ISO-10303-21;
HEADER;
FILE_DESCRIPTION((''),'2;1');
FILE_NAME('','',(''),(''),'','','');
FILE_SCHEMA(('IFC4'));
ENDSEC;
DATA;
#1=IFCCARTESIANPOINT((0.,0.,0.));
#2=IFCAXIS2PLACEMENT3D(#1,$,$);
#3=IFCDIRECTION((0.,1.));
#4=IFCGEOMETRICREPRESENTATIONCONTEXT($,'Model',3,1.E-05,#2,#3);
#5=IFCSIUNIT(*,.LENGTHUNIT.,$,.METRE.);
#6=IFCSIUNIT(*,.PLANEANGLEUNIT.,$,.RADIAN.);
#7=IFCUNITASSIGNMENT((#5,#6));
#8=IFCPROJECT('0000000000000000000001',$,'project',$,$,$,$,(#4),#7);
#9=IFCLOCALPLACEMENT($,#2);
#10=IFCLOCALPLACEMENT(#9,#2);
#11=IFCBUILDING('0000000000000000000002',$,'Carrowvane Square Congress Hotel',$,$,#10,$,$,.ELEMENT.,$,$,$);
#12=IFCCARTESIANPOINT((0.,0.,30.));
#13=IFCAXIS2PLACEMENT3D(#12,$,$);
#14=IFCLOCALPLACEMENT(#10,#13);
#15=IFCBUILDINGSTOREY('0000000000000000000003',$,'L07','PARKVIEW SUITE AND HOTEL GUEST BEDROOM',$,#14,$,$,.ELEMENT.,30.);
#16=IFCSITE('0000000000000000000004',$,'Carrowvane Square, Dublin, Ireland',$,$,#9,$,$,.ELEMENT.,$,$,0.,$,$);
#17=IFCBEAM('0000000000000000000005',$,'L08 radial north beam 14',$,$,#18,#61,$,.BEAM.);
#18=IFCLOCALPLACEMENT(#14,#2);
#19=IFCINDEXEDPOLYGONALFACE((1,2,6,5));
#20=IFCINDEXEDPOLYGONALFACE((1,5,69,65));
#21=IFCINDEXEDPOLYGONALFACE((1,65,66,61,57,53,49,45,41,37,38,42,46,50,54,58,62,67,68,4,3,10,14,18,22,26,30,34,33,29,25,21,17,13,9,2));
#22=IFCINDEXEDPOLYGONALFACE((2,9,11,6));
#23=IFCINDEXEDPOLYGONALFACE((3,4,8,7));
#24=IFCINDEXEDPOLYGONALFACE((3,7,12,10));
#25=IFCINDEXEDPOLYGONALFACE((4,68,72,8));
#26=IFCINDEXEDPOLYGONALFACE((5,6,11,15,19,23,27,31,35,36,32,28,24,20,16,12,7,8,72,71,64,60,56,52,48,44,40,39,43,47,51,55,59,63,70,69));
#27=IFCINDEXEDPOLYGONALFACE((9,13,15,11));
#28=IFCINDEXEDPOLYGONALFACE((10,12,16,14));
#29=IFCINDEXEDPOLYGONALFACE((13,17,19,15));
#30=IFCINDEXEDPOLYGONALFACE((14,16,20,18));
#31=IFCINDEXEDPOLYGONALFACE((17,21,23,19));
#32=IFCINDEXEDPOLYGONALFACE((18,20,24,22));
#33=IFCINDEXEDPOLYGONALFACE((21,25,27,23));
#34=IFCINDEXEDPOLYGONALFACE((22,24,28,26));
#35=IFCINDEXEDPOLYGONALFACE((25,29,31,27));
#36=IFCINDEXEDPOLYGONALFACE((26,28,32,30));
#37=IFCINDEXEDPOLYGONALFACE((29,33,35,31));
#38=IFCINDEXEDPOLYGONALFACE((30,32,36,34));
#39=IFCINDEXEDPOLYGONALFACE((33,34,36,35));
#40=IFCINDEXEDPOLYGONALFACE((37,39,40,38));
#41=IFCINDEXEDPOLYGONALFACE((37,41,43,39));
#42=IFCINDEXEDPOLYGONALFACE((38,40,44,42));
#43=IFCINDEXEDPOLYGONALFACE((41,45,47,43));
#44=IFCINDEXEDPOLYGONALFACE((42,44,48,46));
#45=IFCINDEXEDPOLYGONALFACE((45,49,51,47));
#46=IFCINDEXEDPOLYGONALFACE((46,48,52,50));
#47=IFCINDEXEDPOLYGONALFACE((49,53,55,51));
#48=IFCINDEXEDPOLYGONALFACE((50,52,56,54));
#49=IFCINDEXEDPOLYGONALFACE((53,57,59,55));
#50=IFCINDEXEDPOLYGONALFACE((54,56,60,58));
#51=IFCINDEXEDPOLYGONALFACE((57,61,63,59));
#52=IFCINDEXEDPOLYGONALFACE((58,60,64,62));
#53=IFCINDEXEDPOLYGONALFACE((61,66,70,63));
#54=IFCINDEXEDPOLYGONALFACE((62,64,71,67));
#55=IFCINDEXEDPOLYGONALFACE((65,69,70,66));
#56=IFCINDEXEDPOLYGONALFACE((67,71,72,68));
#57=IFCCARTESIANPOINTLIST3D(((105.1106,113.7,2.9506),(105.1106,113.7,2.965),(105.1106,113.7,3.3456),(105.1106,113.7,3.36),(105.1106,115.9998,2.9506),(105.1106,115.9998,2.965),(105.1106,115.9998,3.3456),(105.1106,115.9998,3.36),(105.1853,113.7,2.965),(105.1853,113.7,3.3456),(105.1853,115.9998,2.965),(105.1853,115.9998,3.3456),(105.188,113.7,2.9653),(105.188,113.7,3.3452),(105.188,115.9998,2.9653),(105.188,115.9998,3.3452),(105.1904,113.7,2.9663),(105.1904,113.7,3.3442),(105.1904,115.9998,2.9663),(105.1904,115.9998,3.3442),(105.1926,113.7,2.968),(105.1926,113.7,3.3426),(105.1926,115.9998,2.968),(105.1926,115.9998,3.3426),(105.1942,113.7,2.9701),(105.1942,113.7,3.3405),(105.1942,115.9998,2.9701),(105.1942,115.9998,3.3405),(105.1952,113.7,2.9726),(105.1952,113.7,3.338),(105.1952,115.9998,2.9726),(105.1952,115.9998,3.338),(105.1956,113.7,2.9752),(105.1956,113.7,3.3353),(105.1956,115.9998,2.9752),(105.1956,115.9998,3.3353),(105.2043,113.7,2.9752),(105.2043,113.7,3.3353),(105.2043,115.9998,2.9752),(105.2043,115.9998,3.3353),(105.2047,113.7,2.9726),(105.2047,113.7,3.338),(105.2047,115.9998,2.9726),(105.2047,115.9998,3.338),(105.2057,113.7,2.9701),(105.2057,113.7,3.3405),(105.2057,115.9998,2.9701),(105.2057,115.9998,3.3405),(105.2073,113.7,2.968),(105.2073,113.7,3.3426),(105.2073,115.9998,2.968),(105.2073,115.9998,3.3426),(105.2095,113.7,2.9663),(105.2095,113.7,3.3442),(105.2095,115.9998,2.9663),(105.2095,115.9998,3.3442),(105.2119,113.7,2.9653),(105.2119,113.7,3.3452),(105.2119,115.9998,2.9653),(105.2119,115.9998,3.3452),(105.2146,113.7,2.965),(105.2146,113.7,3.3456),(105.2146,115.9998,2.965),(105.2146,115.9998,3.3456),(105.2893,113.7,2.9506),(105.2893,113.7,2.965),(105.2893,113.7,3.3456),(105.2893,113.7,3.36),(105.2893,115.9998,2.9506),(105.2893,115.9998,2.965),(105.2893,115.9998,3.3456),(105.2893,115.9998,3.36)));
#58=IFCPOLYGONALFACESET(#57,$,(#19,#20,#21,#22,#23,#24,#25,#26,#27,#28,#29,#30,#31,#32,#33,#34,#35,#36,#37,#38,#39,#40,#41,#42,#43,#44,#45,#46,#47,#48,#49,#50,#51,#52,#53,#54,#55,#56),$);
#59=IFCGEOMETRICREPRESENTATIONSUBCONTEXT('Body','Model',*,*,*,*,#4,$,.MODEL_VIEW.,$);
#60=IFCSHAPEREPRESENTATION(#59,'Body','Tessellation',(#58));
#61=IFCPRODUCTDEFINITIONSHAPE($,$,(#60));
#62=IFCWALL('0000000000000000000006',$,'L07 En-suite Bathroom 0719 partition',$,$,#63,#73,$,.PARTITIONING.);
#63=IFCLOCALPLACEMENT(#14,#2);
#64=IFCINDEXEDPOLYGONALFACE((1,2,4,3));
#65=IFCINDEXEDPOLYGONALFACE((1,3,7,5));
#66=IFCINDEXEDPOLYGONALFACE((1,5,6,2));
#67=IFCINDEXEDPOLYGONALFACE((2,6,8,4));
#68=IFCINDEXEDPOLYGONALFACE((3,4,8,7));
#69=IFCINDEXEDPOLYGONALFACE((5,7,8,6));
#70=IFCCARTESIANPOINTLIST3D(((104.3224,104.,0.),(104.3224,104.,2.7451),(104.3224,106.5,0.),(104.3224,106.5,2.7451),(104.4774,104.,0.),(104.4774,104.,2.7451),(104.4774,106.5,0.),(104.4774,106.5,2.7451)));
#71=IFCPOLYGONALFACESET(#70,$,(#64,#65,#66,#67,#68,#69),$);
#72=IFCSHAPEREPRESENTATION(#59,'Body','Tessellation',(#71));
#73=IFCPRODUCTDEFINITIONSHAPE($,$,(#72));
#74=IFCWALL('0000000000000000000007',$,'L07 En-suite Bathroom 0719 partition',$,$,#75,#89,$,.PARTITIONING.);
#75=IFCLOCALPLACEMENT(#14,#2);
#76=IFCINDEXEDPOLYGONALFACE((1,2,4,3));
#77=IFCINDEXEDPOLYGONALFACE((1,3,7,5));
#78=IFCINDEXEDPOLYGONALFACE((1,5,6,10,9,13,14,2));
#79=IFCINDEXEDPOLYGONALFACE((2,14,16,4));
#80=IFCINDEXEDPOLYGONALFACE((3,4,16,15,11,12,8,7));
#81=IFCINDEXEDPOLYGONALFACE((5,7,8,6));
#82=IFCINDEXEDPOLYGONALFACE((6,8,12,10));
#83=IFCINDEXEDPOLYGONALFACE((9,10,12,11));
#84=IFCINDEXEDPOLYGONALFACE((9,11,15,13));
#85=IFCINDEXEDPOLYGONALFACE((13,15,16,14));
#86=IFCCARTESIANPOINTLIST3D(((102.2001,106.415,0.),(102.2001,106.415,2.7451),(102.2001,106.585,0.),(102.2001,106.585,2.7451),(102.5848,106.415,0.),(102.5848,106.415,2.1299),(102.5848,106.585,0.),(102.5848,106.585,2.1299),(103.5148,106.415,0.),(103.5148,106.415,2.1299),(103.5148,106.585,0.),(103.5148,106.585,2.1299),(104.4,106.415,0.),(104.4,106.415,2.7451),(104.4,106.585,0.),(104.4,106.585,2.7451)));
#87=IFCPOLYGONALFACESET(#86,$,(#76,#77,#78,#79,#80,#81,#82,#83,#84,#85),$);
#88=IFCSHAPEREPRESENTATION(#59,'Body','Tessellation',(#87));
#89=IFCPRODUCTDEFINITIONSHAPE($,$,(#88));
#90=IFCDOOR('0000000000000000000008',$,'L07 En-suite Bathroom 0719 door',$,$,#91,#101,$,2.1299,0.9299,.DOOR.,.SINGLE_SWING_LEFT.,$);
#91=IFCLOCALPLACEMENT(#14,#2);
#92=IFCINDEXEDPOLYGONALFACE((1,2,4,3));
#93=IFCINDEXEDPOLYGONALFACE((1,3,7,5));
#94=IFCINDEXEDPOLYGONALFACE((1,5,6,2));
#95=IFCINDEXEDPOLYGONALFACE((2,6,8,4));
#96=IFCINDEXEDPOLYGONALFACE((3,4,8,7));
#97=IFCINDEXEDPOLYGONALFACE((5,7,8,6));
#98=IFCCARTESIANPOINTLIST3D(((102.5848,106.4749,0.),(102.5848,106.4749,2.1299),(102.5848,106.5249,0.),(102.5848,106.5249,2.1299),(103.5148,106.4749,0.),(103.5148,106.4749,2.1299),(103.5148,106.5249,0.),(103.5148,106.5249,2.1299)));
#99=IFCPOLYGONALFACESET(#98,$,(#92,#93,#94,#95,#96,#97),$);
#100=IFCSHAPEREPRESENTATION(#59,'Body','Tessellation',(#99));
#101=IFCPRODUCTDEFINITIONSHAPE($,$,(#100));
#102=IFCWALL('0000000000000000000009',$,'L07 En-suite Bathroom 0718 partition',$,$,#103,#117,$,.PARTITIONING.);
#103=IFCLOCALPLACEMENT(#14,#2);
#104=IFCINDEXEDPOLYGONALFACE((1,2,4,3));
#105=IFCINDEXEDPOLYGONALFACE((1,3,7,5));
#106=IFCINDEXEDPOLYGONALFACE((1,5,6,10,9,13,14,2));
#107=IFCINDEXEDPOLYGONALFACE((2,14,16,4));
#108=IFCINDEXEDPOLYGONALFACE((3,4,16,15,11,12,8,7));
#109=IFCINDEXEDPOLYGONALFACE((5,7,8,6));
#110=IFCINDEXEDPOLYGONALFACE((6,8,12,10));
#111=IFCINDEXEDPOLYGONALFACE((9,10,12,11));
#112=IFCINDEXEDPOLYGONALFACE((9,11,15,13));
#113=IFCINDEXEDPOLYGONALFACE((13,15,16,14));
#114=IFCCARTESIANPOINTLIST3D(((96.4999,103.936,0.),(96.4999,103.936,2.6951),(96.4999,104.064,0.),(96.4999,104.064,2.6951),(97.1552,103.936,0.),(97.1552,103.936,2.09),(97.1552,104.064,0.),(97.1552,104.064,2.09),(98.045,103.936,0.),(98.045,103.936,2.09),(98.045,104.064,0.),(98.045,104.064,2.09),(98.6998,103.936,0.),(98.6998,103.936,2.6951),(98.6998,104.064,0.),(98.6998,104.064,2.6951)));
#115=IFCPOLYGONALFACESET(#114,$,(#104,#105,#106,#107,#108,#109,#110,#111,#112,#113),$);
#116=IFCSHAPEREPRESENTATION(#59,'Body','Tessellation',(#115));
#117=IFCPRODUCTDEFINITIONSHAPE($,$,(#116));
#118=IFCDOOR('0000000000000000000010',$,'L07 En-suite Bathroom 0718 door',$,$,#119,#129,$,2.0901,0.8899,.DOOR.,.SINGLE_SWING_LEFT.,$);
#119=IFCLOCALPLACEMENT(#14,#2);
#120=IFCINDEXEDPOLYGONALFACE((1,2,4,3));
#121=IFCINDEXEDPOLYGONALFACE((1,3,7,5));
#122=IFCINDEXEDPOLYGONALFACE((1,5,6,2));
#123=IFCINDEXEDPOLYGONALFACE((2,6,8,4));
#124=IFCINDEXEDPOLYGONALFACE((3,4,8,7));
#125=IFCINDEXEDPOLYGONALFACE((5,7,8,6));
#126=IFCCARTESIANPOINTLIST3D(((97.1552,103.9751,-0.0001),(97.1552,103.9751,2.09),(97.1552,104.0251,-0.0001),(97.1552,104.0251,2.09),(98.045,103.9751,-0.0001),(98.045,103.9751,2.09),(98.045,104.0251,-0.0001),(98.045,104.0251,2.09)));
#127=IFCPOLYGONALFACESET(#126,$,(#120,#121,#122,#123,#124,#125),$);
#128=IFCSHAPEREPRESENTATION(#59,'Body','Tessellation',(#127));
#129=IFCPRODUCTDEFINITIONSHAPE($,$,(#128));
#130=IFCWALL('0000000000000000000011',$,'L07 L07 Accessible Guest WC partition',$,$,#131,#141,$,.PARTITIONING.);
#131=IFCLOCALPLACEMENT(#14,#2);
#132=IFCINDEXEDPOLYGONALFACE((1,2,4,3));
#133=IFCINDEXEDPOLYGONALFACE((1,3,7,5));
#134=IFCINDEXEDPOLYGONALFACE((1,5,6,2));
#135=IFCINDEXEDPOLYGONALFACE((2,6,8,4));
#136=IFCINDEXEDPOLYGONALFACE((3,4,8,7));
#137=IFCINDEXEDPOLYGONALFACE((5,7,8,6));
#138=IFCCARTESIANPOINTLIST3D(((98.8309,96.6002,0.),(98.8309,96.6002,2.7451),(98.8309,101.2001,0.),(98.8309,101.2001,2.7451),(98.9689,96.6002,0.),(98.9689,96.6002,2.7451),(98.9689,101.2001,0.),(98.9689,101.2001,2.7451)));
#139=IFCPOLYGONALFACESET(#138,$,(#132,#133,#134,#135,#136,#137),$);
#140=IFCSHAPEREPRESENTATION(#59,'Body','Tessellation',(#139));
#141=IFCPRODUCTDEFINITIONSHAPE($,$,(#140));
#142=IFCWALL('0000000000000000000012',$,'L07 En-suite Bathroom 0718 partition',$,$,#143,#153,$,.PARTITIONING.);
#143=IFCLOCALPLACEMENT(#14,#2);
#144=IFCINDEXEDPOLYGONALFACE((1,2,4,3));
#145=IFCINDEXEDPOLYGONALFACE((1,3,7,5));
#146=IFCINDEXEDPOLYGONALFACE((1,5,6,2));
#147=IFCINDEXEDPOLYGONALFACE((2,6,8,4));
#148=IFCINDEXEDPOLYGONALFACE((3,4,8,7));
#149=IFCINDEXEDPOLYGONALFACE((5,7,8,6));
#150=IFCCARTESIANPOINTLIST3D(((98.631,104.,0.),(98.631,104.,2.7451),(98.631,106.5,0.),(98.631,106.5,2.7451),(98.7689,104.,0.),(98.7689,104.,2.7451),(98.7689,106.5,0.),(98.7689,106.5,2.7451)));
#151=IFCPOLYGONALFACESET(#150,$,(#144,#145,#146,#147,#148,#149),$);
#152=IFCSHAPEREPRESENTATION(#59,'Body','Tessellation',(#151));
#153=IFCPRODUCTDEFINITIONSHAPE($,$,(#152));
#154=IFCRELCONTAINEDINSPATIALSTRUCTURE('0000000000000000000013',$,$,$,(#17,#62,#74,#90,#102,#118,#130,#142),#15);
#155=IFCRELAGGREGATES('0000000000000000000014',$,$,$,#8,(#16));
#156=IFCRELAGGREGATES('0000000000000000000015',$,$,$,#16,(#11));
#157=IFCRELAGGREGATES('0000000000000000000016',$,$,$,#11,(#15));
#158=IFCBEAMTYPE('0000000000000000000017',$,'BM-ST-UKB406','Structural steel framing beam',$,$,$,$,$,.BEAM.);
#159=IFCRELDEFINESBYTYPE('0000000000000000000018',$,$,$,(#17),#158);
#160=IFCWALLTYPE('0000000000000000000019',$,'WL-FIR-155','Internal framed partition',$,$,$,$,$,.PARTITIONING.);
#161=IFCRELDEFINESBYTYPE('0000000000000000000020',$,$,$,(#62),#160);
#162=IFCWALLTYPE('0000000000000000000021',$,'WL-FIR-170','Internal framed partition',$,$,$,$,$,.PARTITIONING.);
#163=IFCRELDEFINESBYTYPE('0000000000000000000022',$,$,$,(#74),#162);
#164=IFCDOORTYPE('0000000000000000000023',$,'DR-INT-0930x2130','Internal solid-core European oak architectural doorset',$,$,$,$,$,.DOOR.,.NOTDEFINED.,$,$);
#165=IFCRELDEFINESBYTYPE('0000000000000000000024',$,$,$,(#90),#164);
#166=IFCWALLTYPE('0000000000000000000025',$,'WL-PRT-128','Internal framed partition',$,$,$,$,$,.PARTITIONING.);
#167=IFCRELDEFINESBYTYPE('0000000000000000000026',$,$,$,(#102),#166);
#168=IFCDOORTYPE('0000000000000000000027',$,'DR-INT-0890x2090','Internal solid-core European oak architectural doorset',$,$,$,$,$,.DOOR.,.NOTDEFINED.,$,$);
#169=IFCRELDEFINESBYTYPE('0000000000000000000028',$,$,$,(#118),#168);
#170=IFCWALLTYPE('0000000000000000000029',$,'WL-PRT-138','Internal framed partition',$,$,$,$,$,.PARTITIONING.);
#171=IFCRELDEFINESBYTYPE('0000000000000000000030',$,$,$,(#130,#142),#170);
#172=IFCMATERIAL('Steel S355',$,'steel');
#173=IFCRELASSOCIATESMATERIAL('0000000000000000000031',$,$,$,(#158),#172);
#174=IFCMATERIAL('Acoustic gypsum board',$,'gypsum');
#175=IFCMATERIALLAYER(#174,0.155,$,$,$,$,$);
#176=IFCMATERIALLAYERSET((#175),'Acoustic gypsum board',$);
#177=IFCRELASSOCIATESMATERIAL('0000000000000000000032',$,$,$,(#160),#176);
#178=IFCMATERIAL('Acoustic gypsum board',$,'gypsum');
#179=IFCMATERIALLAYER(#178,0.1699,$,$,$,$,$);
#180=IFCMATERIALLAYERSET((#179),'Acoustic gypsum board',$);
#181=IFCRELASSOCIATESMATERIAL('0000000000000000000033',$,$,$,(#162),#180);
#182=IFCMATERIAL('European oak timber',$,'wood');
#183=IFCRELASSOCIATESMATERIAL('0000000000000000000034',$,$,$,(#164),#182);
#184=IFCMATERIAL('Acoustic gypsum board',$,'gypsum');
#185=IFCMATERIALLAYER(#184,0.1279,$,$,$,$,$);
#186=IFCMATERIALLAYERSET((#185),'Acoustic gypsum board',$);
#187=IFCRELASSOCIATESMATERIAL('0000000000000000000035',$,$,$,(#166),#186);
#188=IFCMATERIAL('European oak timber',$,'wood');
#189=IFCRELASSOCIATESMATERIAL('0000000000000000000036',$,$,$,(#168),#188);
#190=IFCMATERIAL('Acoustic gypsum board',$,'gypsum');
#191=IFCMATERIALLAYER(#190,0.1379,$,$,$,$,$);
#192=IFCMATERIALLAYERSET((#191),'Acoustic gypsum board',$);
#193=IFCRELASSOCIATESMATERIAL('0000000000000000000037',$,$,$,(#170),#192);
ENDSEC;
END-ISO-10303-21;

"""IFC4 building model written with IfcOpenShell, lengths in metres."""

from ifc_helpers import new_model, si_unit, direction, frame, frame_2d, origin, origin_2d, place, context, subcontext, project, spatial, rectangle, i_section, extrude, material, layer, layer_set, material_profile, profile_set, type_object, element, fill, save


model = new_model("IFC4")

# Units and contexts
model_context = context("Model", 3, precision=1e-05, world=origin(), true_north=direction((0.0, 1.0)))
body_context = subcontext(model_context, "Body", "Model", "MODEL_VIEW")
ifc_project = project(units=[si_unit("LENGTHUNIT", "METRE"), si_unit("PLANEANGLEUNIT", "RADIAN")], contexts=[model_context])

# Site, building, storey
site_placement = place(None, origin())
site = spatial("IfcSite", under=ifc_project, at=site_placement, Name="Carrowvane Square, Dublin, Ireland", CompositionType="ELEMENT", RefElevation=0.0)
building_placement = place(site_placement, origin())
building = spatial("IfcBuilding", under=site, at=building_placement, Name="Carrowvane Square Congress Hotel", CompositionType="ELEMENT")
storey_placement = place(building_placement, frame((0.0, 0.0, 30.0)))
storey = spatial("IfcBuildingStorey", under=building, at=storey_placement, Name="L07", Description="PARKVIEW SUITE AND HOTEL GUEST BEDROOM", CompositionType="ELEMENT", Elevation=30.0)

# Beam
ifc_material_1 = material(Name="Steel S355", Category="steel")
ifc_material_profile_1 = material_profile(ifc_material_1, i_section(OverallWidth=0.1787, OverallDepth=0.4094, WebThickness=0.0088, FlangeThickness=0.0144, FilletRadius=0.0103, at=origin_2d()), Name="UKB 406x178x67")
ifc_profile_set_1 = profile_set([ifc_material_profile_1], Name="Steel S355")
beam_type_1 = type_object("IfcBeamType", Name="BM-ST-UKB406", Description="Structural steel framing beam", PredefinedType="BEAM", material=ifc_profile_set_1)
beam_1_placement = place(storey_placement, frame((105.2, 113.7, 3.1553), z_axis=(0.0, 1.0, 0.0), x_axis=(-1.0, 0.0, 0.0)))
element("IfcBeam", 1, at=beam_1_placement, inside=storey, type_object=beam_type_1, Name="L08 radial north beam 14", PredefinedType="BEAM", context=body_context, shape_type="SweptSolid", body=[
    extrude(i_section(OverallWidth=0.1787, OverallDepth=0.4094, WebThickness=0.0088, FlangeThickness=0.0144, FilletRadius=0.0103, at=origin_2d()), origin(), (0.0, 0.0, 1.0), 2.2998),
])

# Wall
ifc_material_2 = material(Name="Acoustic gypsum board", Category="gypsum")
ifc_layer_1 = layer(ifc_material_2, 0.155)
ifc_layer_set_1 = layer_set([ifc_layer_1], Name="Acoustic gypsum board")
wall_type_1 = type_object("IfcWallType", Name="WL-FIR-155", Description="Internal framed partition", PredefinedType="PARTITIONING", material=ifc_layer_set_1)
wall_1_placement = place(storey_placement, frame((104.3999, 106.5, 0.0), z_axis=(0.0, 0.0, 1.0), x_axis=(0.0, -1.0, 0.0)))
element("IfcWall", 2, at=wall_1_placement, inside=storey, type_object=wall_type_1, Name="L07 En-suite Bathroom 0719 partition", PredefinedType="PARTITIONING", context=body_context, shape_type="SweptSolid", body=[
    extrude(rectangle(XDim=2.5, YDim=0.155, at=frame_2d((1.25, 0.0))), origin(), (0.0, 0.0, 1.0), 2.7451),
])

# Walls, openings, doors
ifc_material_3 = material(Name="Acoustic gypsum board", Category="gypsum")
ifc_layer_2 = layer(ifc_material_3, 0.1699)
ifc_layer_set_2 = layer_set([ifc_layer_2], Name="Acoustic gypsum board")
wall_type_2 = type_object("IfcWallType", Name="WL-FIR-170", Description="Internal framed partition", PredefinedType="PARTITIONING", material=ifc_layer_set_2)
wall_2_placement = place(storey_placement, frame((102.2, 106.5, 0.0), z_axis=(0.0, 0.0, 1.0), x_axis=(1.0, 0.0, 0.0)))
wall_2 = element("IfcWall", 3, at=wall_2_placement, inside=storey, type_object=wall_type_2, Name="L07 En-suite Bathroom 0719 partition", PredefinedType="PARTITIONING", context=body_context, shape_type="SweptSolid", body=[
    extrude(rectangle(XDim=2.2, YDim=0.1699, at=frame_2d((1.1001, 0.0))), origin(), (0.0, 0.0, 1.0), 2.7451),
])
opening_1_placement = place(wall_2_placement, frame((0.385, 0.0, 0.0)))
opening_1 = element("IfcOpeningElement", 4, at=opening_1_placement, cuts=wall_2, PredefinedType="OPENING", context=body_context, shape_type="SweptSolid", body=[
    extrude(rectangle(XDim=0.9299, YDim=2.1299, at=frame_2d((0.4648, 1.0649))), frame((0.0, 0.095, 0.0), z_axis=(0.0, -1.0, 0.0), x_axis=(1.0, 0.0, 0.0)), (0.0, 0.0, 1.0), 0.1899),
])
ifc_material_4 = material(Name="European oak timber", Category="wood")
door_type_1 = type_object("IfcDoorType", Name="DR-INT-0930x2130", Description="Internal solid-core European oak architectural doorset", OperationType="NOTDEFINED", PredefinedType="DOOR", material=ifc_material_4)
door_1_placement = place(opening_1_placement, origin())
door_1 = element("IfcDoor", 5, at=door_1_placement, inside=storey, type_object=door_type_1, Name="L07 En-suite Bathroom 0719 door", OperationType="SINGLE_SWING_LEFT", OverallHeight=2.1299, OverallWidth=0.9299, PredefinedType="DOOR", context=body_context, shape_type="SweptSolid", body=[
    extrude(rectangle(XDim=0.9299, YDim=2.1299, at=frame_2d((0.4648, 1.0649))), frame((0.0, 0.0249, 0.0), z_axis=(0.0, -1.0, 0.0), x_axis=(1.0, 0.0, 0.0)), (0.0, 0.0, 1.0), 0.05),
])
fill(opening_1, door_1)
ifc_material_5 = material(Name="Acoustic gypsum board", Category="gypsum")
ifc_layer_3 = layer(ifc_material_5, 0.1279)
ifc_layer_set_3 = layer_set([ifc_layer_3], Name="Acoustic gypsum board")
wall_type_3 = type_object("IfcWallType", Name="WL-PRT-128", Description="Internal framed partition", PredefinedType="PARTITIONING", material=ifc_layer_set_3)
wall_3_placement = place(storey_placement, frame((98.7, 104.0, 0.0), z_axis=(0.0, 0.0, 1.0), x_axis=(-1.0, 0.0, 0.0)))
wall_3 = element("IfcWall", 6, at=wall_3_placement, inside=storey, type_object=wall_type_3, Name="L07 En-suite Bathroom 0718 partition", PredefinedType="PARTITIONING", context=body_context, shape_type="SweptSolid", body=[
    extrude(rectangle(XDim=2.2, YDim=0.1279, at=frame_2d((1.1001, 0.0))), origin(), (0.0, 0.0, 1.0), 2.6951),
])
opening_2_placement = place(wall_3_placement, frame((0.655, 0.0, 0.0)))
opening_2 = element("IfcOpeningElement", 7, at=opening_2_placement, cuts=wall_3, PredefinedType="OPENING", context=body_context, shape_type="SweptSolid", body=[
    extrude(rectangle(XDim=0.8899, YDim=2.0901, at=frame_2d((0.4448, 1.0449))), frame((0.0, 0.074, 0.0), z_axis=(0.0, -1.0, 0.0), x_axis=(1.0, 0.0, 0.0)), (0.0, 0.0, 1.0), 0.1479),
])
ifc_material_6 = material(Name="European oak timber", Category="wood")
door_type_2 = type_object("IfcDoorType", Name="DR-INT-0890x2090", Description="Internal solid-core European oak architectural doorset", OperationType="NOTDEFINED", PredefinedType="DOOR", material=ifc_material_6)
door_2_placement = place(opening_2_placement, origin())
door_2 = element("IfcDoor", 8, at=door_2_placement, inside=storey, type_object=door_type_2, Name="L07 En-suite Bathroom 0718 door", OperationType="SINGLE_SWING_LEFT", OverallHeight=2.0901, OverallWidth=0.8899, PredefinedType="DOOR", context=body_context, shape_type="SweptSolid", body=[
    extrude(rectangle(XDim=0.8899, YDim=2.0901, at=frame_2d((0.4448, 1.0449))), frame((0.0, 0.0249, 0.0), z_axis=(0.0, -1.0, 0.0), x_axis=(1.0, 0.0, 0.0)), (0.0, 0.0, 1.0), 0.05),
])
fill(opening_2, door_2)

# Walls
ifc_material_7 = material(Name="Acoustic gypsum board", Category="gypsum")
ifc_layer_4 = layer(ifc_material_7, 0.1379)
ifc_layer_set_4 = layer_set([ifc_layer_4], Name="Acoustic gypsum board")
wall_type_4 = type_object("IfcWallType", Name="WL-PRT-138", Description="Internal framed partition", PredefinedType="PARTITIONING", material=ifc_layer_set_4)
wall_4_placement = place(storey_placement, frame((98.8999, 101.2, 0.0), z_axis=(0.0, 0.0, 1.0), x_axis=(0.0, -1.0, 0.0)))
element("IfcWall", 9, at=wall_4_placement, inside=storey, type_object=wall_type_4, Name="L07 L07 Accessible Guest WC partition", PredefinedType="PARTITIONING", context=body_context, shape_type="SweptSolid", body=[
    extrude(rectangle(XDim=4.5999, YDim=0.1379, at=frame_2d((2.2998, 0.0))), origin(), (0.0, 0.0, 1.0), 2.7451),
])
wall_5_placement = place(storey_placement, frame((98.7, 106.5, 0.0), z_axis=(0.0, 0.0, 1.0), x_axis=(0.0, -1.0, 0.0)))
element("IfcWall", 10, at=wall_5_placement, inside=storey, type_object=wall_type_4, Name="L07 En-suite Bathroom 0718 partition", PredefinedType="PARTITIONING", context=body_context, shape_type="SweptSolid", body=[
    extrude(rectangle(XDim=2.5, YDim=0.1379, at=frame_2d((1.25, 0.0))), origin(), (0.0, 0.0, 1.0), 2.7451),
])

save(model, "model.ifc")
